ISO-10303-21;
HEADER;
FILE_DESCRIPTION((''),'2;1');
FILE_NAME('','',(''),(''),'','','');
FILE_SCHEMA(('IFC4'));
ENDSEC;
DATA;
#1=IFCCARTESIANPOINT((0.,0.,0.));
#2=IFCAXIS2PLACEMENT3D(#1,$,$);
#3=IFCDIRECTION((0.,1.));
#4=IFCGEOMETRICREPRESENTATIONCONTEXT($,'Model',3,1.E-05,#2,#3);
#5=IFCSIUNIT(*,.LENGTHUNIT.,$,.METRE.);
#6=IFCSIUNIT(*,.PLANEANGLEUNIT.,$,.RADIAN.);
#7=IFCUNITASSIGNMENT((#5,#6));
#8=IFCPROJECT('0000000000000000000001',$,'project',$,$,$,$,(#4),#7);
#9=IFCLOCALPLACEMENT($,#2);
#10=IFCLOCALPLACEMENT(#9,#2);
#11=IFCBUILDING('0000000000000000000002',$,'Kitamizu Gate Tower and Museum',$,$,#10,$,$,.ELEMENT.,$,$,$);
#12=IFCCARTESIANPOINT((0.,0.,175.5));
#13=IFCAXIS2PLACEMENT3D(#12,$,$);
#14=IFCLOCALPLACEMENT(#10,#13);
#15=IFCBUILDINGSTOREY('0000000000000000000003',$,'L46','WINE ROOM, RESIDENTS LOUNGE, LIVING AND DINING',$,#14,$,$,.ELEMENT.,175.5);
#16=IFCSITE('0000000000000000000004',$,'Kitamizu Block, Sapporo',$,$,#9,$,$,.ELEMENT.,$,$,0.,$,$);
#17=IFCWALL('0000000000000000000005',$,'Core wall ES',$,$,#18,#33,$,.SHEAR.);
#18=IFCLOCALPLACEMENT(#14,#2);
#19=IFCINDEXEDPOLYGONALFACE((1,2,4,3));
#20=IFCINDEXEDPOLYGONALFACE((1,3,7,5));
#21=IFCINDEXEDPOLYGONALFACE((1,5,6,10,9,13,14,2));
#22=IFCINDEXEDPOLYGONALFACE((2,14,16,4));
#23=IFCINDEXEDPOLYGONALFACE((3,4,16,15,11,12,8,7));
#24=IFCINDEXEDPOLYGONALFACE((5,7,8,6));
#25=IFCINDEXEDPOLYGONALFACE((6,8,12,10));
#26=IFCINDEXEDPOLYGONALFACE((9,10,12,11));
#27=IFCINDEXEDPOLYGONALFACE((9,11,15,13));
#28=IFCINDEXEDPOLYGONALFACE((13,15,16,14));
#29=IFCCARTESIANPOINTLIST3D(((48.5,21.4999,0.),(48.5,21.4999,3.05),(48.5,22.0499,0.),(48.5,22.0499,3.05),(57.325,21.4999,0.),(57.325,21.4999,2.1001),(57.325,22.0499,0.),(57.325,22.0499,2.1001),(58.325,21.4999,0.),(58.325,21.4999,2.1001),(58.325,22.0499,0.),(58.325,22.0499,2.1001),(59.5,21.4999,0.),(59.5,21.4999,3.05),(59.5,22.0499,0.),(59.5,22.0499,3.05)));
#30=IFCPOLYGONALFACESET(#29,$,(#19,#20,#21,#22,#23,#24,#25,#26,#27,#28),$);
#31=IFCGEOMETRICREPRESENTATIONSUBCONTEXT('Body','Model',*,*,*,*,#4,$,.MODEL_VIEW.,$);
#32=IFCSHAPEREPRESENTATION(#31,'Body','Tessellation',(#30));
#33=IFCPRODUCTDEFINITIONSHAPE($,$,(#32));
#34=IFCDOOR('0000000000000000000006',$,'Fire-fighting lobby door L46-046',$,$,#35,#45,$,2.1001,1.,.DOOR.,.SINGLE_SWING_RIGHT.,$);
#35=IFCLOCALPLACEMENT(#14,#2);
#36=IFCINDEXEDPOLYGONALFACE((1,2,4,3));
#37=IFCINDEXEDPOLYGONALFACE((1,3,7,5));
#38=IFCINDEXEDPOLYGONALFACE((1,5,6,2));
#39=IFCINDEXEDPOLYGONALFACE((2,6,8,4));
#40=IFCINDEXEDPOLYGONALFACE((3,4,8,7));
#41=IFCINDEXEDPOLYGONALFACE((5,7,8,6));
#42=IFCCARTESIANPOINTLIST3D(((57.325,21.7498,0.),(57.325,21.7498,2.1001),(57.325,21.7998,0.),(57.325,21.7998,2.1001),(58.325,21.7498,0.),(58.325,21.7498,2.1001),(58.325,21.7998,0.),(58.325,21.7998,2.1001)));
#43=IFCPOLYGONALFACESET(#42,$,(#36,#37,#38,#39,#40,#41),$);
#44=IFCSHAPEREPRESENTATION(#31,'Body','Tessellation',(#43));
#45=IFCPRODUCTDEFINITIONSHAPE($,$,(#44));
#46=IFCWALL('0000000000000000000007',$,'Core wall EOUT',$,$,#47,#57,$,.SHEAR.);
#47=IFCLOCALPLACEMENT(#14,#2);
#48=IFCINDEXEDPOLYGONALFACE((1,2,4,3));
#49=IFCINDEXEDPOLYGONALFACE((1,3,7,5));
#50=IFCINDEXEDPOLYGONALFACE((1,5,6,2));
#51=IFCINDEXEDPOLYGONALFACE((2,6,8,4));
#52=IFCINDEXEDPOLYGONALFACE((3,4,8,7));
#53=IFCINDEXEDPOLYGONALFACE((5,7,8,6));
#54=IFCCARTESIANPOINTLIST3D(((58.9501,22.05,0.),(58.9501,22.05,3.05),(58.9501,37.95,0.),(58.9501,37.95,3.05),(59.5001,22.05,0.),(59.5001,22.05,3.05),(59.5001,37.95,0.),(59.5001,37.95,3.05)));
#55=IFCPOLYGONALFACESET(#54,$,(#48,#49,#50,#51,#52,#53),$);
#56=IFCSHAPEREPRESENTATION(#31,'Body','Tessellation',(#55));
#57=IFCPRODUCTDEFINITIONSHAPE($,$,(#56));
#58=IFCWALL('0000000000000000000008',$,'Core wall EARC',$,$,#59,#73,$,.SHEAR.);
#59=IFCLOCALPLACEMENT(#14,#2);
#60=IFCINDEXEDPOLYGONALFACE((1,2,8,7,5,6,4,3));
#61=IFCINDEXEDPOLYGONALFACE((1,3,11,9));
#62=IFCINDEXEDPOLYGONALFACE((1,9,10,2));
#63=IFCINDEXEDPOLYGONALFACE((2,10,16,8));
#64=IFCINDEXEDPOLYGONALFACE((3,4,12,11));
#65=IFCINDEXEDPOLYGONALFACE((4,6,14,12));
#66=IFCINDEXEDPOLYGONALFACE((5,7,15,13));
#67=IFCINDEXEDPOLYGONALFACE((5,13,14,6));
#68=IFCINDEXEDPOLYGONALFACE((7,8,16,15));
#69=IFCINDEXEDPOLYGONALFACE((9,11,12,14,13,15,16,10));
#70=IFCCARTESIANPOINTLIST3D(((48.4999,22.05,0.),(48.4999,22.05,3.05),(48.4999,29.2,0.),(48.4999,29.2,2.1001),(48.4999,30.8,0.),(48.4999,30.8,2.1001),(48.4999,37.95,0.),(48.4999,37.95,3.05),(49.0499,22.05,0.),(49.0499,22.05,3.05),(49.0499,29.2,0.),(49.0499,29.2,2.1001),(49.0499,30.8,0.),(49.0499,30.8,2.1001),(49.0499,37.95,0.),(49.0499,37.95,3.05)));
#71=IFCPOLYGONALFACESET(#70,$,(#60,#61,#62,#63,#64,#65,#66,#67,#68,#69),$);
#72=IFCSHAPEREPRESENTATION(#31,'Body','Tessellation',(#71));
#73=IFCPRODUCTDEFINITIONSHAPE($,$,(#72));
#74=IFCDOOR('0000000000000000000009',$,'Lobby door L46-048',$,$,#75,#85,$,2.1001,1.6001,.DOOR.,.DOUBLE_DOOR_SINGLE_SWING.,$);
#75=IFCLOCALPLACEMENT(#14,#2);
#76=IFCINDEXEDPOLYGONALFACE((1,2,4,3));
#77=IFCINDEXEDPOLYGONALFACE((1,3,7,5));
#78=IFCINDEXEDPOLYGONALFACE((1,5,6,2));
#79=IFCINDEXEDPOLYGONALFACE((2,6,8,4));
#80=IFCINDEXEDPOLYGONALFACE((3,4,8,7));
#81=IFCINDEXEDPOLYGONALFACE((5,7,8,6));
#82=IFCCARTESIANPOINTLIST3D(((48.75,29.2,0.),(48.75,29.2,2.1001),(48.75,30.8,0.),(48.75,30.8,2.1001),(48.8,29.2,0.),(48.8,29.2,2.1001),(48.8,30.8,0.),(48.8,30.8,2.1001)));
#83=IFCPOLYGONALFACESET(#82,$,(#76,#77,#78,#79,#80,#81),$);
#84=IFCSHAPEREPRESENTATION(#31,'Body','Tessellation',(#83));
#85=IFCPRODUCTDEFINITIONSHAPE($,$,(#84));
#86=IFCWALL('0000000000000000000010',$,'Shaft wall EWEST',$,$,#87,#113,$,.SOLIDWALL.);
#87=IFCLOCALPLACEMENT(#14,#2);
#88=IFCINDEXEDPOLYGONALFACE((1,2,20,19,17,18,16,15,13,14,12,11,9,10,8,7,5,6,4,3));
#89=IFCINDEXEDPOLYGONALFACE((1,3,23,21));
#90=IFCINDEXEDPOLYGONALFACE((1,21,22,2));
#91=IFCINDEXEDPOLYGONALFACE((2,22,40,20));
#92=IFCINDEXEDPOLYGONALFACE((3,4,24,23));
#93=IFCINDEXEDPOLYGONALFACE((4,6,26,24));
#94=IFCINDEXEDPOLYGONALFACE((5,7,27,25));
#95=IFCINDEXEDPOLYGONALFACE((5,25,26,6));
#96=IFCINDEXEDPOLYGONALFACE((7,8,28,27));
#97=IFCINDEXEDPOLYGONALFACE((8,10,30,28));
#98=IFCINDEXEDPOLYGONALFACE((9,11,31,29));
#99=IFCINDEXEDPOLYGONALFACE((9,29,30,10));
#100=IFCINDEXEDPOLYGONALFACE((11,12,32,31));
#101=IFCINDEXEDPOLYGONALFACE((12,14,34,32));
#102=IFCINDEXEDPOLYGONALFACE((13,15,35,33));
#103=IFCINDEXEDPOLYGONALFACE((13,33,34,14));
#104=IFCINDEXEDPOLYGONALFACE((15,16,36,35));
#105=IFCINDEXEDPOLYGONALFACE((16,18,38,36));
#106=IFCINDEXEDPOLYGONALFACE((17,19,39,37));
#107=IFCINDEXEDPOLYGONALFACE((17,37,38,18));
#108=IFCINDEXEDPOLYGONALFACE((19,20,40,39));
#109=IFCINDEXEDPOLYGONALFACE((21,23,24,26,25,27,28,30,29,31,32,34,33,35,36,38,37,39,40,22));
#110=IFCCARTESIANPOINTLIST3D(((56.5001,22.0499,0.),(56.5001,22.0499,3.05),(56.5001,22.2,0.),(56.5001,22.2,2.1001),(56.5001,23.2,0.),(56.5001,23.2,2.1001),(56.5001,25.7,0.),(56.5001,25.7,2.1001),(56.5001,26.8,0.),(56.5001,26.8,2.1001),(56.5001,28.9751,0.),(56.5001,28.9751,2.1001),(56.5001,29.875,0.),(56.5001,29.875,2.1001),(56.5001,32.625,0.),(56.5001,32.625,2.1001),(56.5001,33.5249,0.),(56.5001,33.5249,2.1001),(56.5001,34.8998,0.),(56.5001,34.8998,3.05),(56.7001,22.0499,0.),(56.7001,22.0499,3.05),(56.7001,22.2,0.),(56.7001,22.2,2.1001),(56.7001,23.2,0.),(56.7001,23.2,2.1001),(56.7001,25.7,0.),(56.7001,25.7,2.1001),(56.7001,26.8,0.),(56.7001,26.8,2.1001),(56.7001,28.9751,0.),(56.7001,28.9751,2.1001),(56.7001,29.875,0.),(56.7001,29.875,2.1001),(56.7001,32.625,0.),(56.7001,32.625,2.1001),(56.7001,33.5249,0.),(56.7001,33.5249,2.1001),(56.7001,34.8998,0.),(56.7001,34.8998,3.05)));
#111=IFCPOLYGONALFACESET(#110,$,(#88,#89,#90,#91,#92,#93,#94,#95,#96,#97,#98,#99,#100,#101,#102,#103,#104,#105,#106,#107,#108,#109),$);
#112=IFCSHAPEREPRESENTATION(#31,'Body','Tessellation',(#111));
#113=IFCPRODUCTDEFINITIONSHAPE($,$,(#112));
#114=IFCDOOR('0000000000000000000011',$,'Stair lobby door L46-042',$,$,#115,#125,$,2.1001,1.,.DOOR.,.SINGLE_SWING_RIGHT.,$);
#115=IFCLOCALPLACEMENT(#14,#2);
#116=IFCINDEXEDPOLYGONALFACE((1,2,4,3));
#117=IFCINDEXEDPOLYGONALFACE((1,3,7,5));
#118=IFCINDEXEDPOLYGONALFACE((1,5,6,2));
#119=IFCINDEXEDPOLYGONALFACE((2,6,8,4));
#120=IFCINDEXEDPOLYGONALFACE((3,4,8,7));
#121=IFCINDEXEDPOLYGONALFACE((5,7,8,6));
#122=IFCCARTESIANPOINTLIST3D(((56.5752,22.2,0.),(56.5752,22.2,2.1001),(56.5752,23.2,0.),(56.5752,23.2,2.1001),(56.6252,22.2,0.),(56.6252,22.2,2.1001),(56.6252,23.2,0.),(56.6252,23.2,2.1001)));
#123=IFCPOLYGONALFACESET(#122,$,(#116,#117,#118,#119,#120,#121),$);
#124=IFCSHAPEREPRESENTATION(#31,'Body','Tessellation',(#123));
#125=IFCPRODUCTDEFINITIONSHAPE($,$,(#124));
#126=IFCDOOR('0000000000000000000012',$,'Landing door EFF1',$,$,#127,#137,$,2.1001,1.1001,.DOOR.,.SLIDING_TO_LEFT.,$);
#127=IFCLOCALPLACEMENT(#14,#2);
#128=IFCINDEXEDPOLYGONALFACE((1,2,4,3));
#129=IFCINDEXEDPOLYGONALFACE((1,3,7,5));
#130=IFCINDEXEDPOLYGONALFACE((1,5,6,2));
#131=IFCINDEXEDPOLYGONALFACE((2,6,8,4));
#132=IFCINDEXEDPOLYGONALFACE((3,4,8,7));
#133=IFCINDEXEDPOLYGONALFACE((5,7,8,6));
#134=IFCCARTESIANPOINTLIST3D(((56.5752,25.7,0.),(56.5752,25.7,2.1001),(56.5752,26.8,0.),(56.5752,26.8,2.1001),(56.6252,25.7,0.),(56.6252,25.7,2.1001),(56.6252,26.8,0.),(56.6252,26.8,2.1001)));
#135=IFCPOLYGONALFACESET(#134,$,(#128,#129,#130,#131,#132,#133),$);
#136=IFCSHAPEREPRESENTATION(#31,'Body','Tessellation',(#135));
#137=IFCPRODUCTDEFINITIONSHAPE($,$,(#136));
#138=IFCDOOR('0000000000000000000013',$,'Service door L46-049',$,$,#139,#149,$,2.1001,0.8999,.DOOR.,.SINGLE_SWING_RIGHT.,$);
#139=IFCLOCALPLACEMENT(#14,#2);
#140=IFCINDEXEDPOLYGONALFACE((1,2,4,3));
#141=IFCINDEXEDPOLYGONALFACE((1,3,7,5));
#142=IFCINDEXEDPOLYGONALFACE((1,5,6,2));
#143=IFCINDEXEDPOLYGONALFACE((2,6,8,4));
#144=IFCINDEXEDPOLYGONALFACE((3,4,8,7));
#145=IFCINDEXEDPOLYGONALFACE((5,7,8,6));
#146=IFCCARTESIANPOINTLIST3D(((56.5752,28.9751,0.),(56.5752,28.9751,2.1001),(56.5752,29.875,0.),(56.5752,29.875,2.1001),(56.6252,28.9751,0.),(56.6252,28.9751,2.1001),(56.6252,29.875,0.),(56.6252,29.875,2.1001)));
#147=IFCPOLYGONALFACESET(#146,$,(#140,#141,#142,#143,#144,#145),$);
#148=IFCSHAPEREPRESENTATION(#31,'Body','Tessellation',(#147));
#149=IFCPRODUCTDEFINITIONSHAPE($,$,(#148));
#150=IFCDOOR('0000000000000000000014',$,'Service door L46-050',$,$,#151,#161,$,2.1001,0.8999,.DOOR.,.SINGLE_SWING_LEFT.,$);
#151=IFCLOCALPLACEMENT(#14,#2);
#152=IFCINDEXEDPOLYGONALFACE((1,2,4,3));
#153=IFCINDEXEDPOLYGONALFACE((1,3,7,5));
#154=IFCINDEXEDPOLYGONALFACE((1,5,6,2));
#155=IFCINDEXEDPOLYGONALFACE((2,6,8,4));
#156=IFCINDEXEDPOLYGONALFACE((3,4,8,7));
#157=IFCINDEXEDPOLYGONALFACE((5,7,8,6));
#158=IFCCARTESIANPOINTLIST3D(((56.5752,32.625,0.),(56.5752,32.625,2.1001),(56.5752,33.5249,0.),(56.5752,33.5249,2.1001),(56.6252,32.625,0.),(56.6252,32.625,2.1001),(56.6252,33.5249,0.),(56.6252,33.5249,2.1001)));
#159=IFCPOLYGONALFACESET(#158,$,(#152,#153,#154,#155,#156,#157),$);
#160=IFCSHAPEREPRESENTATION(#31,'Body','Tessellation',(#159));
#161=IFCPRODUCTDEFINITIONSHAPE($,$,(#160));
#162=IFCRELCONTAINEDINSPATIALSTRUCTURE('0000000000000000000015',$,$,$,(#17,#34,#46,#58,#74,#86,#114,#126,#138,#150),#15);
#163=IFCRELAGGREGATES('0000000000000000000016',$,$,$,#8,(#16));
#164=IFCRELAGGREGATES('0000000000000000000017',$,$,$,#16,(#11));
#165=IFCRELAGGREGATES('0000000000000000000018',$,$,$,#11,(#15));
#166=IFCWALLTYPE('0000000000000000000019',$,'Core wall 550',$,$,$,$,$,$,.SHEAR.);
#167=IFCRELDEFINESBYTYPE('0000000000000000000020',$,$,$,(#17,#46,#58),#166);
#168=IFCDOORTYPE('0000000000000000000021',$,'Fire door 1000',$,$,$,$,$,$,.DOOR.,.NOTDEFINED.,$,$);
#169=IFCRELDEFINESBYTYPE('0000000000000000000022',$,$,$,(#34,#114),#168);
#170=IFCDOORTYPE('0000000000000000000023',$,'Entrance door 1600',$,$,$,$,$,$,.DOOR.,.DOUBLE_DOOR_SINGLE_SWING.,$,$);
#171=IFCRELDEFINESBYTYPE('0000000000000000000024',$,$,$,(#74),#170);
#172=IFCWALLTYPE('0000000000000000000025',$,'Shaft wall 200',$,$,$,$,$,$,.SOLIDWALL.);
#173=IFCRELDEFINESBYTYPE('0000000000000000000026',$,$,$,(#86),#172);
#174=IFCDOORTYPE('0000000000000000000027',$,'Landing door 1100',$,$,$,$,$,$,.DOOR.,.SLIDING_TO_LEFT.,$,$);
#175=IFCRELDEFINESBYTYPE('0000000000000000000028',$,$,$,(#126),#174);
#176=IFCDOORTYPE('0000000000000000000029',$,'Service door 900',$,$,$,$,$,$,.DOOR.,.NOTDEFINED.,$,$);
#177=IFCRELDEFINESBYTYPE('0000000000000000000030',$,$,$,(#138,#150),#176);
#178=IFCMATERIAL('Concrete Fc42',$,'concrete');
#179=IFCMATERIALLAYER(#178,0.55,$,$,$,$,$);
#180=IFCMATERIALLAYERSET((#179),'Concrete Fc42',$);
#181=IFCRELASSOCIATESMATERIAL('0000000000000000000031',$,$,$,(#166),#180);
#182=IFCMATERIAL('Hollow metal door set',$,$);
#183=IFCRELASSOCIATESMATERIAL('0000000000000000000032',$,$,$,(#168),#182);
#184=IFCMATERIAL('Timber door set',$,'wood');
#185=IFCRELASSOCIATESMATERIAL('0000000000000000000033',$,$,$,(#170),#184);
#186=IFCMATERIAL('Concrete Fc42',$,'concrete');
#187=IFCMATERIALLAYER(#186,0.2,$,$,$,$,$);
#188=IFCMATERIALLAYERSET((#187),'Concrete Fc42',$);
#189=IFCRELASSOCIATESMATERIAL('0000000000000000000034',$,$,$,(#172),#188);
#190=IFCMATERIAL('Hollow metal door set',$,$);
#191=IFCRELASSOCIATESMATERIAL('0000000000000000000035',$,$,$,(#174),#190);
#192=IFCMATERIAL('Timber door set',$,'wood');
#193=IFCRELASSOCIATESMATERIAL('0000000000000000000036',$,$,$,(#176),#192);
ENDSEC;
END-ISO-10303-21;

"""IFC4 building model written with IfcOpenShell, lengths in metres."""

from ifc_helpers import new_model, si_unit, direction, frame, frame_2d, origin, place, context, subcontext, project, spatial, rectangle, extrude, material, layer, layer_set, type_object, element, fill, save


model = new_model("IFC4")

# Units and contexts
model_context = context("Model", 3, precision=1e-05, world=origin(), true_north=direction((0.0, 1.0)))
body_context = subcontext(model_context, "Body", "Model", "MODEL_VIEW")
ifc_project = project(units=[si_unit("LENGTHUNIT", "METRE"), si_unit("PLANEANGLEUNIT", "RADIAN")], contexts=[model_context])

# Site, building, storey
site_placement = place(None, origin())
site = spatial("IfcSite", under=ifc_project, at=site_placement, Name="Kitamizu Block, Sapporo", CompositionType="ELEMENT", RefElevation=0.0)
building_placement = place(site_placement, origin())
building = spatial("IfcBuilding", under=site, at=building_placement, Name="Kitamizu Gate Tower and Museum", CompositionType="ELEMENT")
storey_placement = place(building_placement, frame((0.0, 0.0, 175.5)))
storey = spatial("IfcBuildingStorey", under=building, at=storey_placement, Name="L46", Description="WINE ROOM, RESIDENTS LOUNGE, LIVING AND DINING", CompositionType="ELEMENT", Elevation=175.5)

# Wall, opening, door
ifc_material_1 = material(Name="Concrete Fc42", Category="concrete")
ifc_layer_1 = layer(ifc_material_1, 0.55)
ifc_layer_set_1 = layer_set([ifc_layer_1], Name="Concrete Fc42")
wall_type_1 = type_object("IfcWallType", Name="Core wall 550", PredefinedType="SHEAR", material=ifc_layer_set_1)
wall_1_placement = place(storey_placement, frame((59.5, 21.7749, 0.0), z_axis=(0.0, 0.0, 1.0), x_axis=(-1.0, 0.0, 0.0)))
wall_1 = element("IfcWall", 1, at=wall_1_placement, inside=storey, type_object=wall_type_1, Name="Core wall ES", PredefinedType="SHEAR", context=body_context, shape_type="SweptSolid", body=[
    extrude(rectangle(XDim=11.0, YDim=0.55, at=frame_2d((5.5, 0.0))), origin(), (0.0, 0.0, 1.0), 3.05),
])
opening_1_placement = place(wall_1_placement, frame((1.175, 0.0, 0.0)))
opening_1 = element("IfcOpeningElement", 2, at=opening_1_placement, cuts=wall_1, PredefinedType="OPENING", context=body_context, shape_type="SweptSolid", body=[
    extrude(rectangle(XDim=1.0, YDim=2.1001, at=frame_2d((0.5, 1.05))), frame((0.0, 0.2852, 0.0), z_axis=(0.0, -1.0, 0.0), x_axis=(1.0, 0.0, 0.0)), (0.0, 0.0, 1.0), 0.5701),
])
ifc_material_2 = material(Name="Hollow metal door set")
door_type_1 = type_object("IfcDoorType", Name="Fire door 1000", OperationType="NOTDEFINED", PredefinedType="DOOR", material=ifc_material_2)
door_1_placement = place(opening_1_placement, frame((1.0, 0.0, 0.0), x_axis=(-1.0, 0.0, 0.0)))
door_1 = element("IfcDoor", 3, at=door_1_placement, inside=storey, type_object=door_type_1, Name="Fire-fighting lobby door L46-046", OperationType="SINGLE_SWING_RIGHT", OverallHeight=2.1001, OverallWidth=1.0, PredefinedType="DOOR", context=body_context, shape_type="SweptSolid", body=[
    extrude(rectangle(XDim=1.0, YDim=2.1001, at=frame_2d((0.5, 1.05))), frame((0.0, 0.0249, 0.0), z_axis=(0.0, -1.0, 0.0), x_axis=(1.0, 0.0, 0.0)), (0.0, 0.0, 1.0), 0.05),
])
fill(opening_1, door_1)

# Wall
wall_2_placement = place(storey_placement, frame((59.2251, 22.05, 0.0), z_axis=(0.0, 0.0, 1.0), x_axis=(0.0, 1.0, 0.0)))
element("IfcWall", 4, at=wall_2_placement, inside=storey, type_object=wall_type_1, Name="Core wall EOUT", PredefinedType="SHEAR", context=body_context, shape_type="SweptSolid", body=[
    extrude(rectangle(XDim=15.8999, YDim=0.55, at=frame_2d((7.95, 0.0))), origin(), (0.0, 0.0, 1.0), 3.05),
])

# Wall, opening, door
wall_3_placement = place(storey_placement, frame((48.7749, 22.05, 0.0), z_axis=(0.0, 0.0, 1.0), x_axis=(0.0, 1.0, 0.0)))
wall_3 = element("IfcWall", 5, at=wall_3_placement, inside=storey, type_object=wall_type_1, Name="Core wall EARC", PredefinedType="SHEAR", context=body_context, shape_type="SweptSolid", body=[
    extrude(rectangle(XDim=15.8999, YDim=0.55, at=frame_2d((7.95, 0.0))), origin(), (0.0, 0.0, 1.0), 3.05),
])
opening_2_placement = place(wall_3_placement, frame((7.1499, 0.0, 0.0)))
opening_2 = element("IfcOpeningElement", 6, at=opening_2_placement, cuts=wall_3, PredefinedType="OPENING", context=body_context, shape_type="SweptSolid", body=[
    extrude(rectangle(XDim=1.6001, YDim=2.1001, at=frame_2d((0.8, 1.05))), frame((0.0, 0.2852, 0.0), z_axis=(0.0, -1.0, 0.0), x_axis=(1.0, 0.0, 0.0)), (0.0, 0.0, 1.0), 0.5701),
])
ifc_material_3 = material(Name="Timber door set", Category="wood")
door_type_2 = type_object("IfcDoorType", Name="Entrance door 1600", OperationType="DOUBLE_DOOR_SINGLE_SWING", PredefinedType="DOOR", material=ifc_material_3)
door_2_placement = place(opening_2_placement, origin())
door_2 = element("IfcDoor", 7, at=door_2_placement, inside=storey, type_object=door_type_2, Name="Lobby door L46-048", OperationType="DOUBLE_DOOR_SINGLE_SWING", OverallHeight=2.1001, OverallWidth=1.6001, PredefinedType="DOOR", context=body_context, shape_type="SweptSolid", body=[
    extrude(rectangle(XDim=1.6001, YDim=2.1001, at=frame_2d((0.8, 1.05))), frame((0.0, 0.0249, 0.0), z_axis=(0.0, -1.0, 0.0), x_axis=(1.0, 0.0, 0.0)), (0.0, 0.0, 1.0), 0.05),
])
fill(opening_2, door_2)

# Wall, openings, doors
ifc_material_4 = material(Name="Concrete Fc42", Category="concrete")
ifc_layer_2 = layer(ifc_material_4, 0.2)
ifc_layer_set_2 = layer_set([ifc_layer_2], Name="Concrete Fc42")
wall_type_2 = type_object("IfcWallType", Name="Shaft wall 200", PredefinedType="SOLIDWALL", material=ifc_layer_set_2)
wall_4_placement = place(storey_placement, frame((56.6001, 22.05, 0.0), z_axis=(0.0, 0.0, 1.0), x_axis=(0.0, 1.0, 0.0)))
wall_4 = element("IfcWall", 8, at=wall_4_placement, inside=storey, type_object=wall_type_2, Name="Shaft wall EWEST", PredefinedType="SOLIDWALL", context=body_context, shape_type="SweptSolid", body=[
    extrude(rectangle(XDim=12.8499, YDim=0.2, at=frame_2d((6.4248, 0.0))), origin(), (0.0, 0.0, 1.0), 3.05),
])
opening_3_placement = place(wall_4_placement, frame((3.6499, 0.0, 0.0)))
opening_3 = element("IfcOpeningElement", 9, at=opening_3_placement, cuts=wall_4, PredefinedType="OPENING", context=body_context, shape_type="SweptSolid", body=[
    extrude(rectangle(XDim=1.1001, YDim=2.1001, at=frame_2d((0.55, 1.05))), frame((0.0, 0.1099, 0.0), z_axis=(0.0, -1.0, 0.0), x_axis=(1.0, 0.0, 0.0)), (0.0, 0.0, 1.0), 0.22),
])
opening_4_placement = place(wall_4_placement, frame((0.1499, 0.0, 0.0)))
opening_4 = element("IfcOpeningElement", 10, at=opening_4_placement, cuts=wall_4, PredefinedType="OPENING", context=body_context, shape_type="SweptSolid", body=[
    extrude(rectangle(XDim=1.0, YDim=2.1001, at=frame_2d((0.5, 1.05))), frame((0.0, 0.1099, 0.0), z_axis=(0.0, -1.0, 0.0), x_axis=(1.0, 0.0, 0.0)), (0.0, 0.0, 1.0), 0.22),
])
opening_5_placement = place(wall_4_placement, frame((6.925, 0.0, 0.0)))
opening_5 = element("IfcOpeningElement", 11, at=opening_5_placement, cuts=wall_4, PredefinedType="OPENING", context=body_context, shape_type="SweptSolid", body=[
    extrude(rectangle(XDim=0.8999, YDim=2.1001, at=frame_2d((0.45, 1.05))), frame((0.0, 0.1099, 0.0), z_axis=(0.0, -1.0, 0.0), x_axis=(1.0, 0.0, 0.0)), (0.0, 0.0, 1.0), 0.22),
])
opening_6_placement = place(wall_4_placement, frame((10.575, 0.0, 0.0)))
opening_6 = element("IfcOpeningElement", 12, at=opening_6_placement, cuts=wall_4, PredefinedType="OPENING", context=body_context, shape_type="SweptSolid", body=[
    extrude(rectangle(XDim=0.8999, YDim=2.1001, at=frame_2d((0.45, 1.05))), frame((0.0, 0.1099, 0.0), z_axis=(0.0, -1.0, 0.0), x_axis=(1.0, 0.0, 0.0)), (0.0, 0.0, 1.0), 0.22),
])
door_3_placement = place(opening_4_placement, origin())
door_3 = element("IfcDoor", 13, at=door_3_placement, inside=storey, type_object=door_type_1, Name="Stair lobby door L46-042", OperationType="SINGLE_SWING_RIGHT", OverallHeight=2.1001, OverallWidth=1.0, PredefinedType="DOOR", context=body_context, shape_type="SweptSolid", body=[
    extrude(rectangle(XDim=1.0, YDim=2.1001, at=frame_2d((0.5, 1.05))), frame((0.0, 0.0249, 0.0), z_axis=(0.0, -1.0, 0.0), x_axis=(1.0, 0.0, 0.0)), (0.0, 0.0, 1.0), 0.05),
])
fill(opening_4, door_3)
ifc_material_5 = material(Name="Hollow metal door set")
door_type_3 = type_object("IfcDoorType", Name="Landing door 1100", OperationType="SLIDING_TO_LEFT", PredefinedType="DOOR", material=ifc_material_5)
door_4_placement = place(opening_3_placement, origin())
door_4 = element("IfcDoor", 14, at=door_4_placement, inside=storey, type_object=door_type_3, Name="Landing door EFF1", OperationType="SLIDING_TO_LEFT", OverallHeight=2.1001, OverallWidth=1.1001, PredefinedType="DOOR", context=body_context, shape_type="SweptSolid", body=[
    extrude(rectangle(XDim=1.1001, YDim=2.1001, at=frame_2d((0.55, 1.05))), frame((0.0, 0.0249, 0.0), z_axis=(0.0, -1.0, 0.0), x_axis=(1.0, 0.0, 0.0)), (0.0, 0.0, 1.0), 0.05),
])
fill(opening_3, door_4)
ifc_material_6 = material(Name="Timber door set", Category="wood")
door_type_4 = type_object("IfcDoorType", Name="Service door 900", OperationType="NOTDEFINED", PredefinedType="DOOR", material=ifc_material_6)
door_5_placement = place(opening_5_placement, origin())
door_5 = element("IfcDoor", 15, at=door_5_placement, inside=storey, type_object=door_type_4, Name="Service door L46-049", OperationType="SINGLE_SWING_RIGHT", OverallHeight=2.1001, OverallWidth=0.8999, PredefinedType="DOOR", context=body_context, shape_type="SweptSolid", body=[
    extrude(rectangle(XDim=0.8999, YDim=2.1001, at=frame_2d((0.45, 1.05))), frame((0.0, 0.0249, 0.0), z_axis=(0.0, -1.0, 0.0), x_axis=(1.0, 0.0, 0.0)), (0.0, 0.0, 1.0), 0.05),
])
fill(opening_5, door_5)
door_6_placement = place(opening_6_placement, origin())
door_6 = element("IfcDoor", 16, at=door_6_placement, inside=storey, type_object=door_type_4, Name="Service door L46-050", OperationType="SINGLE_SWING_LEFT", OverallHeight=2.1001, OverallWidth=0.8999, PredefinedType="DOOR", context=body_context, shape_type="SweptSolid", body=[
    extrude(rectangle(XDim=0.8999, YDim=2.1001, at=frame_2d((0.45, 1.05))), frame((0.0, 0.0249, 0.0), z_axis=(0.0, -1.0, 0.0), x_axis=(1.0, 0.0, 0.0)), (0.0, 0.0, 1.0), 0.05),
])
fill(opening_6, door_6)

save(model, "model.ifc")
